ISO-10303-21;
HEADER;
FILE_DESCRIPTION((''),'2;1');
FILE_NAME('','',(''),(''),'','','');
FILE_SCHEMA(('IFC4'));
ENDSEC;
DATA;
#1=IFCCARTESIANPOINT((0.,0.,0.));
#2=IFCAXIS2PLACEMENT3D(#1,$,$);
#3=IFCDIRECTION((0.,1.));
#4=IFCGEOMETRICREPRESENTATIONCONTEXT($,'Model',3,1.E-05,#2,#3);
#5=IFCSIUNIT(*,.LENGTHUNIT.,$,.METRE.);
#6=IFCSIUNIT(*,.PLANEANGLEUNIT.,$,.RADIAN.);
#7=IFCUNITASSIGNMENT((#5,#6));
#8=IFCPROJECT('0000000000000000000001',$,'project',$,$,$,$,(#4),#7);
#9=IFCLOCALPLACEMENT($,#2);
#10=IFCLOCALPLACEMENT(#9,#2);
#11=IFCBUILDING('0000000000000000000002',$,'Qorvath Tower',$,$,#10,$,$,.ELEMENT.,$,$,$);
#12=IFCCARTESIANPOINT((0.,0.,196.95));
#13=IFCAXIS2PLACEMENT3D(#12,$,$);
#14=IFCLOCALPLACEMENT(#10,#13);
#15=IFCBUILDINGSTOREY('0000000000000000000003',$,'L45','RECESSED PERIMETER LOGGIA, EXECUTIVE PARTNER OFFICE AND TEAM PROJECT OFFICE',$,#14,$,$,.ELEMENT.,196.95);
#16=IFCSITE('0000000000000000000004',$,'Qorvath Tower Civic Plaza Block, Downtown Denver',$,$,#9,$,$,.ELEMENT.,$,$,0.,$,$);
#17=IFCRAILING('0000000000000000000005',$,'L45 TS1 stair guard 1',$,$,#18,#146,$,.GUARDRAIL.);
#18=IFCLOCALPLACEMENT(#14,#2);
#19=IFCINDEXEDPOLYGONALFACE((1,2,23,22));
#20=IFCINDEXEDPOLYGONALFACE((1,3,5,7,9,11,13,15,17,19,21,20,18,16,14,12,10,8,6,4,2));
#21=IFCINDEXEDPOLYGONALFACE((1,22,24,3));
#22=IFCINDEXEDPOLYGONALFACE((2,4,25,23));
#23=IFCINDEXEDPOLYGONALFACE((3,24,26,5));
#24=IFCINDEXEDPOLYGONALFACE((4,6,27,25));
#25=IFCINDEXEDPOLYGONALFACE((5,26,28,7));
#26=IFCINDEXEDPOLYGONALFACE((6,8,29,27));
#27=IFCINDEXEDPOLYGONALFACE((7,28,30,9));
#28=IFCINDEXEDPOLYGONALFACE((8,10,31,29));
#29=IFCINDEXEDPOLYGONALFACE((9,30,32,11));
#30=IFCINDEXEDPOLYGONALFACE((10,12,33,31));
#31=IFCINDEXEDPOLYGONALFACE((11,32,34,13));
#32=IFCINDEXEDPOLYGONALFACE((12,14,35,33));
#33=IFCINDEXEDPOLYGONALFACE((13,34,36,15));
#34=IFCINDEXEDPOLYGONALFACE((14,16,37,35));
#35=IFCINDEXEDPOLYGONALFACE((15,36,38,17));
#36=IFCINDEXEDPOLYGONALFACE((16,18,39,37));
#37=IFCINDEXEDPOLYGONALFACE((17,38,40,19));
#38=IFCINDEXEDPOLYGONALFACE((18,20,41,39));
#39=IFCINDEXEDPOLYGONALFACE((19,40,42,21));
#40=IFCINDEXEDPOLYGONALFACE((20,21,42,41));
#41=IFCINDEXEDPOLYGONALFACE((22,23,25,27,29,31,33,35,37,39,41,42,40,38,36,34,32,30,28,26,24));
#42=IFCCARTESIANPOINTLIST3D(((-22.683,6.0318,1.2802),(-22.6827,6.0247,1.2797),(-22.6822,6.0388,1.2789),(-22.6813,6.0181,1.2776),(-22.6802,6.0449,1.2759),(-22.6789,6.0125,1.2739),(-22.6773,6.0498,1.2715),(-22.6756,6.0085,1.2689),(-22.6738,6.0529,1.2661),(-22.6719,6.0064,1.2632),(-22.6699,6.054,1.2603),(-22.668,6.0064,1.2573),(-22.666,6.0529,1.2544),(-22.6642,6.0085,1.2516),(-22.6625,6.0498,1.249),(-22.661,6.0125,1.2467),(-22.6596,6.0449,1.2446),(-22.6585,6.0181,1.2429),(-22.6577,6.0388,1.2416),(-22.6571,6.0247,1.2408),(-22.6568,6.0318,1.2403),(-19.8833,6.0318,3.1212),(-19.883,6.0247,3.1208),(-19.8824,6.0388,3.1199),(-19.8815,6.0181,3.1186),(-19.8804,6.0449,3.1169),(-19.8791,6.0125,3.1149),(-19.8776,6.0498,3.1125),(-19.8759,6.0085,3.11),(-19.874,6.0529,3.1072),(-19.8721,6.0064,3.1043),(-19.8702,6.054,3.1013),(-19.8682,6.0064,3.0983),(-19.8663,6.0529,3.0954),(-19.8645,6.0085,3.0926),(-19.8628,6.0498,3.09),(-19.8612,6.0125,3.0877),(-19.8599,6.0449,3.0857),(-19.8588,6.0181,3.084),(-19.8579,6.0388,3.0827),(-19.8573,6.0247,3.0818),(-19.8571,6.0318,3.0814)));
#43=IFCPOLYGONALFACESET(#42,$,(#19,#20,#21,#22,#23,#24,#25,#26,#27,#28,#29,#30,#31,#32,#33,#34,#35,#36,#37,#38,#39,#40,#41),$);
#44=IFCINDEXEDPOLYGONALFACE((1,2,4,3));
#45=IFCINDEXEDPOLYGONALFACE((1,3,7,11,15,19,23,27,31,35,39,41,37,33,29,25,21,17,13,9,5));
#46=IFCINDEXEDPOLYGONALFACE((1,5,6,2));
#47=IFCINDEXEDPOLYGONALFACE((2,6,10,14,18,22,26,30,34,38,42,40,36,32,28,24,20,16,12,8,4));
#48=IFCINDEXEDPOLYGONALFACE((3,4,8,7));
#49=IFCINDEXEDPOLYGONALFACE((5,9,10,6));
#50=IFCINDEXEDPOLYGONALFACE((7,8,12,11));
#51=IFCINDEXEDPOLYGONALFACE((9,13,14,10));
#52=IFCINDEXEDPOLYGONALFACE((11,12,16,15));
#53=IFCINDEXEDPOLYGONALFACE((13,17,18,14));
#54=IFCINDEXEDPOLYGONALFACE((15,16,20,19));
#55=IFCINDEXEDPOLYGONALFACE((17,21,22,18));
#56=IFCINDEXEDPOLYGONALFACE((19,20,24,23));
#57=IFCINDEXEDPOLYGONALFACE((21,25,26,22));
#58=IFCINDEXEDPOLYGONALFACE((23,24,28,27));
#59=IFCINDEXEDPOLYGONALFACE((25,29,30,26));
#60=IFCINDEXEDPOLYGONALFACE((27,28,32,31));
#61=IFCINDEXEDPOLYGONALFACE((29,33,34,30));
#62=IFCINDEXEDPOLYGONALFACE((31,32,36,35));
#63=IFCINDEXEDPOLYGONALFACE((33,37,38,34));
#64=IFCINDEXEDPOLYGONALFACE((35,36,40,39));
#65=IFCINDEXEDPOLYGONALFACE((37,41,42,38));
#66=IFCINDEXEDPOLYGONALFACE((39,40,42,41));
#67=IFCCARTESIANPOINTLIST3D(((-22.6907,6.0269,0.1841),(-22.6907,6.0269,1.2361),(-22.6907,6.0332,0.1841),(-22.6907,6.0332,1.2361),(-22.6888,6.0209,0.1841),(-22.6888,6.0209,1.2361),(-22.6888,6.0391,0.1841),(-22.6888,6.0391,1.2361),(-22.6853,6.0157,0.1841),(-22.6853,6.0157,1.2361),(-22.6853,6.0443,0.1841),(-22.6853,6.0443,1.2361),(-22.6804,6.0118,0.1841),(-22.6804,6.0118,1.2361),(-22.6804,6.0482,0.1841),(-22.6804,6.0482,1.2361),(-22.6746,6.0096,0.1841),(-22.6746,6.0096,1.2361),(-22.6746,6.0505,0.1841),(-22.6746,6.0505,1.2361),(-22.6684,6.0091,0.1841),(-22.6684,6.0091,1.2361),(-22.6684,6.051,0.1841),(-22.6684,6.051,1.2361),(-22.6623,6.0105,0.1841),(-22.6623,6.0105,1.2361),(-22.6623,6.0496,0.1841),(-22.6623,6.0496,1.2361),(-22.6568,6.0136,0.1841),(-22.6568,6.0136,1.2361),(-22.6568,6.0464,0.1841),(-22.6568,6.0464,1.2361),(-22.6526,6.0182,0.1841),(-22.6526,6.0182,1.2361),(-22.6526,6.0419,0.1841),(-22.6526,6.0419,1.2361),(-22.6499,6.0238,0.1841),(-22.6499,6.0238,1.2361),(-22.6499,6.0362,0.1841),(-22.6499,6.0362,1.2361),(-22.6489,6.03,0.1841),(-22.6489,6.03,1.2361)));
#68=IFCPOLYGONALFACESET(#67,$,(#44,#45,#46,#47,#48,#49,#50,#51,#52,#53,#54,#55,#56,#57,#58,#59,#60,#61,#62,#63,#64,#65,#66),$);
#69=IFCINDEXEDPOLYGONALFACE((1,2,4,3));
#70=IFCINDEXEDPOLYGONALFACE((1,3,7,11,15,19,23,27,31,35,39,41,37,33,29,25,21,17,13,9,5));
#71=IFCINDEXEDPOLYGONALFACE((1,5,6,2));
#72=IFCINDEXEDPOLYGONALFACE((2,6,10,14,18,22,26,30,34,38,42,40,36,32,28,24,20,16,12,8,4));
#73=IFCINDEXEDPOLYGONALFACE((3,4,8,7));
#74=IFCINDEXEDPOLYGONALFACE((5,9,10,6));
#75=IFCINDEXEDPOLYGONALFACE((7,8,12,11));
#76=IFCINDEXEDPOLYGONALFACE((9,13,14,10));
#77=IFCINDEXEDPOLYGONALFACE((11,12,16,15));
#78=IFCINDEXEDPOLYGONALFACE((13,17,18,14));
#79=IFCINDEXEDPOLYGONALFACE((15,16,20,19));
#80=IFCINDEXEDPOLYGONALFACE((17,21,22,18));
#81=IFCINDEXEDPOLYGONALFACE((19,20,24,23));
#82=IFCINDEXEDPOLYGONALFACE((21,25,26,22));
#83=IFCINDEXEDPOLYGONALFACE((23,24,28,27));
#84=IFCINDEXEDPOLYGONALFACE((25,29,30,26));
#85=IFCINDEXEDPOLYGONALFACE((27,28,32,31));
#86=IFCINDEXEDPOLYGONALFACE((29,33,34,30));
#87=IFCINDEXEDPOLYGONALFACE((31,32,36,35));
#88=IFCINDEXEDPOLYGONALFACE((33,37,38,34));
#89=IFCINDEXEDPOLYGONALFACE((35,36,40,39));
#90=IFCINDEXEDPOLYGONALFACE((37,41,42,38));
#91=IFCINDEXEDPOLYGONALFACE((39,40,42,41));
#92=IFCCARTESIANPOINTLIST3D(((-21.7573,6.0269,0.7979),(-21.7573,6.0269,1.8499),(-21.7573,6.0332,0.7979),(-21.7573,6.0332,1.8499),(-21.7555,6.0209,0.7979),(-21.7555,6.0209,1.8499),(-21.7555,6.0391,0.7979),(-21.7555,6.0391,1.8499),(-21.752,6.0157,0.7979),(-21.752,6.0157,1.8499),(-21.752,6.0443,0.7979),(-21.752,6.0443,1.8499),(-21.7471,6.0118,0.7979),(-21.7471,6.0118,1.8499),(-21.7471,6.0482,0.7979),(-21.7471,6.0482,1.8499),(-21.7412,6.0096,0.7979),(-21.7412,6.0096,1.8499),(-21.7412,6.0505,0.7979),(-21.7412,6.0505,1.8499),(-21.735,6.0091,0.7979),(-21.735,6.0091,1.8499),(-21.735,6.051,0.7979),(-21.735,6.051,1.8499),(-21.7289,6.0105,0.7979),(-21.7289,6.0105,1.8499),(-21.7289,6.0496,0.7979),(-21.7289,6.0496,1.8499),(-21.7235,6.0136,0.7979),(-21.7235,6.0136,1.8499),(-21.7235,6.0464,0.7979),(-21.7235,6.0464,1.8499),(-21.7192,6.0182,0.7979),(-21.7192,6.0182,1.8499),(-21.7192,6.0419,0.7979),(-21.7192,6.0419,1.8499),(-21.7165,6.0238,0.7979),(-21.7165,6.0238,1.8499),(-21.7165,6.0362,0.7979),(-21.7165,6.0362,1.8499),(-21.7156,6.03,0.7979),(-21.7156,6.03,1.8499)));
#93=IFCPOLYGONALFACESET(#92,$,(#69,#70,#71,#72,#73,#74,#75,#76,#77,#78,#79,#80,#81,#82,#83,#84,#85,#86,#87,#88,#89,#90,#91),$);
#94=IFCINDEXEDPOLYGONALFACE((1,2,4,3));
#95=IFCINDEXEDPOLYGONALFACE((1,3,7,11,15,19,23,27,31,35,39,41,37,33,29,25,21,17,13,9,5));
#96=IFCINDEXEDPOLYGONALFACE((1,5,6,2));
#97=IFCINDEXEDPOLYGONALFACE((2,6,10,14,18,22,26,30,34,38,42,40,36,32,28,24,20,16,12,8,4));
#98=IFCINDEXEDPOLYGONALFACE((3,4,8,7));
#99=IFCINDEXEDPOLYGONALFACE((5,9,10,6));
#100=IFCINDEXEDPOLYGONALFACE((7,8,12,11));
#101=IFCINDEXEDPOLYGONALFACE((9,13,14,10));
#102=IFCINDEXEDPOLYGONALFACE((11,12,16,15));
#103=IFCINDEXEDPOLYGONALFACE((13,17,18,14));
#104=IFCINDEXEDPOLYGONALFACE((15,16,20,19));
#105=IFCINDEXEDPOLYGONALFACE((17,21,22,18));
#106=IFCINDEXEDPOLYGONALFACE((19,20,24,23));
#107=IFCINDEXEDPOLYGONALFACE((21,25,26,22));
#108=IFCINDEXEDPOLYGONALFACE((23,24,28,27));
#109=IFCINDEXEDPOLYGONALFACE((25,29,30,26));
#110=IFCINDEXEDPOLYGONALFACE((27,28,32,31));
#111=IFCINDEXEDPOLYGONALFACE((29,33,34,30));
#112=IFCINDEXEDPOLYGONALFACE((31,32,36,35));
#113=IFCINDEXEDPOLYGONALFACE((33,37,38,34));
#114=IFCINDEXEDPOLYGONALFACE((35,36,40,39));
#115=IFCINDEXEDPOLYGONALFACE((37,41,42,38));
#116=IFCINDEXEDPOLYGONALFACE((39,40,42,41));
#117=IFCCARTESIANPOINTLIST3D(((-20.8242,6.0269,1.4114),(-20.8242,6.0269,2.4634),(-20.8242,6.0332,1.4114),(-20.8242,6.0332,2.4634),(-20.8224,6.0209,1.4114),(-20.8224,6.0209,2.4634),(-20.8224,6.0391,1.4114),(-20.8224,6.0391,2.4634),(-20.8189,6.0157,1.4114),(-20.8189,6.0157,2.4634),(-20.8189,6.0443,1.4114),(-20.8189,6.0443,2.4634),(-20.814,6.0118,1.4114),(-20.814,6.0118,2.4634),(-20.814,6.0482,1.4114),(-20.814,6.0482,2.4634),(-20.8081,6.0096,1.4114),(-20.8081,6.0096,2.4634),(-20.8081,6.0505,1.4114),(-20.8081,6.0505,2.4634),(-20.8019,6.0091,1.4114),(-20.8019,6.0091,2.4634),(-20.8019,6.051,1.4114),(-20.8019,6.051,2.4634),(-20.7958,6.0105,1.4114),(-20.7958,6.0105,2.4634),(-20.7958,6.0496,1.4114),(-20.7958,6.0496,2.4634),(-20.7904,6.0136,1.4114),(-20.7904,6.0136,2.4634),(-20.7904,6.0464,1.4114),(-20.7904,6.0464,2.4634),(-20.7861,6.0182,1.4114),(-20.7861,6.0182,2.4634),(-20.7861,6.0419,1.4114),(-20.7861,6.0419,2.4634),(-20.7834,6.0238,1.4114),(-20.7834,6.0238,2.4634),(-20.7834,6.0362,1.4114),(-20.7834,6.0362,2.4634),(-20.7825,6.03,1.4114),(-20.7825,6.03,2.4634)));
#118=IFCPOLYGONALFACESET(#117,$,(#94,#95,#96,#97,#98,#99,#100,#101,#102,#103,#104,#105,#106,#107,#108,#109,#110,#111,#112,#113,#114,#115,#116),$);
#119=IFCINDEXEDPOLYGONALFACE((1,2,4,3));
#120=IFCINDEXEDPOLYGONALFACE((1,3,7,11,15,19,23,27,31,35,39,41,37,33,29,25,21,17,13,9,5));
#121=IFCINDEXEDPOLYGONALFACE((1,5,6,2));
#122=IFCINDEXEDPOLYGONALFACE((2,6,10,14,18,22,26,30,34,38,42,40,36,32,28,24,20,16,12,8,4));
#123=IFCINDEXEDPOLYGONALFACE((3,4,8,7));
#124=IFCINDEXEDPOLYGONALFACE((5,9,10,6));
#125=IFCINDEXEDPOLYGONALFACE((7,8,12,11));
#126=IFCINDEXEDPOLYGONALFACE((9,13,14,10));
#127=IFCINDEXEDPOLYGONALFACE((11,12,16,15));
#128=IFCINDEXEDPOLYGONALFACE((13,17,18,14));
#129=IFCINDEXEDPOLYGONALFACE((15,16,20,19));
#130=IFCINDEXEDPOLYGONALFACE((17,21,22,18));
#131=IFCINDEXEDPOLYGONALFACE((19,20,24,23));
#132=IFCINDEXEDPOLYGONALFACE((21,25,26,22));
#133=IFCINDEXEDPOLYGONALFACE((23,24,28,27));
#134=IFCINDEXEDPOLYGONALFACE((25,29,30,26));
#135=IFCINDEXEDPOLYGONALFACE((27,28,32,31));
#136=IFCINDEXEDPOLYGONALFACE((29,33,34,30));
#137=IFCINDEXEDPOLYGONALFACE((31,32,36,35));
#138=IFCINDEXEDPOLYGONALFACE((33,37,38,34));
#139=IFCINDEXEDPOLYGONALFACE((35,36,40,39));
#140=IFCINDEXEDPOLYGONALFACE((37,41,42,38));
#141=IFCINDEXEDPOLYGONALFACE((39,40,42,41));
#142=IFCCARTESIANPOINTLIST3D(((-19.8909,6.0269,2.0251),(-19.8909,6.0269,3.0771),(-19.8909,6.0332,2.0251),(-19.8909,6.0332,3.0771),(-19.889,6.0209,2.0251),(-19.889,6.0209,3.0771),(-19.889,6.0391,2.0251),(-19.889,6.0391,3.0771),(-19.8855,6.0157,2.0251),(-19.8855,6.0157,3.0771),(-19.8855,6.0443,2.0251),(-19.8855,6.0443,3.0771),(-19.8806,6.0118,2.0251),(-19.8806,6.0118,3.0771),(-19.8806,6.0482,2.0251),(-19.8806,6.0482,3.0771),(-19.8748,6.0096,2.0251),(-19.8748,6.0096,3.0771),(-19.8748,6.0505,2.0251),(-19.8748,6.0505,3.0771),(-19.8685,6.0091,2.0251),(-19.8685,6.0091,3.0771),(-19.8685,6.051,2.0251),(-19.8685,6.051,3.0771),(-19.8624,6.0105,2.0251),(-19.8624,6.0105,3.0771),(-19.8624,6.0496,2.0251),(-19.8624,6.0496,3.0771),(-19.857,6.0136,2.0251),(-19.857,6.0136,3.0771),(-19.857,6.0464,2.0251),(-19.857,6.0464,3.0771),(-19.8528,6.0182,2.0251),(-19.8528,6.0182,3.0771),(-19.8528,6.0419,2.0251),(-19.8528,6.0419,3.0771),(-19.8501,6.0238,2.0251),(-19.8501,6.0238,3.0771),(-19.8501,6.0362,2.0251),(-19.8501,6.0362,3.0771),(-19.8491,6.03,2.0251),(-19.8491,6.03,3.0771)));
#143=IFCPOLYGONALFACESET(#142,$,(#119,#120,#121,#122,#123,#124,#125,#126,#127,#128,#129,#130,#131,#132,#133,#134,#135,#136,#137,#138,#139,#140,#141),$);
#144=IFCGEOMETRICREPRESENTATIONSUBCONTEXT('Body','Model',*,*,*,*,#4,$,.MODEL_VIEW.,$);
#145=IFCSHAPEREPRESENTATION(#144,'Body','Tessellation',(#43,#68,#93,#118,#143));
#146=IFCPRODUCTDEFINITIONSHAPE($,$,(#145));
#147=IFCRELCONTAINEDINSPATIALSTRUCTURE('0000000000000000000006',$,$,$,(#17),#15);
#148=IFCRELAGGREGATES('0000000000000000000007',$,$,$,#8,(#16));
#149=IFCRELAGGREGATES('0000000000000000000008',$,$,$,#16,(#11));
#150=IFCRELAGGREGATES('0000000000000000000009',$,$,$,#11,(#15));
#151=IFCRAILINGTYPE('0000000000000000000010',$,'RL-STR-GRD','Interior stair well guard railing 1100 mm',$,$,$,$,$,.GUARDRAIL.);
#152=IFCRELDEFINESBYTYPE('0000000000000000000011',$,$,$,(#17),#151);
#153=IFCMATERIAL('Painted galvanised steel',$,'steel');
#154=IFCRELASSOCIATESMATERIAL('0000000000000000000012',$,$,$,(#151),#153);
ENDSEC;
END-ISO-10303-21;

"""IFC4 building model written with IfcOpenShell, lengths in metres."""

from ifc_helpers import new_model, si_unit, direction, frame, origin, origin_2d, place, context, subcontext, project, spatial, circle, extrude, material, type_object, element, save


model = new_model("IFC4")

# Units and contexts
model_context = context("Model", 3, precision=1e-05, world=origin(), true_north=direction((0.0, 1.0)))
body_context = subcontext(model_context, "Body", "Model", "MODEL_VIEW")
ifc_project = project(units=[si_unit("LENGTHUNIT", "METRE"), si_unit("PLANEANGLEUNIT", "RADIAN")], contexts=[model_context])

# Site, building, storey
site_placement = place(None, origin())
site = spatial("IfcSite", under=ifc_project, at=site_placement, Name="Qorvath Tower Civic Plaza Block, Downtown Denver", CompositionType="ELEMENT", RefElevation=0.0)
building_placement = place(site_placement, origin())
building = spatial("IfcBuilding", under=site, at=building_placement, Name="Qorvath Tower", CompositionType="ELEMENT")
storey_placement = place(building_placement, frame((0.0, 0.0, 196.95)))
storey = spatial("IfcBuildingStorey", under=building, at=storey_placement, Name="L45", Description="RECESSED PERIMETER LOGGIA, EXECUTIVE PARTNER OFFICE AND TEAM PROJECT OFFICE", CompositionType="ELEMENT", Elevation=196.95)

# Railing
ifc_material_1 = material(Name="Painted galvanised steel", Category="steel")
railing_type_1 = type_object("IfcRailingType", Name="RL-STR-GRD", Description="Interior stair well guard railing 1100 mm", PredefinedType="GUARDRAIL", material=ifc_material_1)
railing_1_placement = place(storey_placement, frame((-22.6699, 6.03, 0.1841)))
element("IfcRailing", 1, at=railing_1_placement, inside=storey, type_object=railing_type_1, Name="L45 TS1 stair guard 1", PredefinedType="GUARDRAIL", context=body_context, shape_type="SweptSolid", body=[
    extrude(circle(Radius=0.0239, at=origin_2d()), frame((0.0, 0.0, 1.0762), z_axis=(0.835542, 0.0, 0.549426), x_axis=(0.0, 1.0, 0.0)), (0.0, 0.0, 1.0), 3.3508),
    extrude(circle(Radius=0.021, at=origin_2d()), origin(), (0.0, 0.0, 1.0), 1.052),
    extrude(circle(Radius=0.021, at=origin_2d()), frame((0.9333, 0.0, 0.6138)), (0.0, 0.0, 1.0), 1.052),
    extrude(circle(Radius=0.021, at=origin_2d()), frame((1.8665, 0.0, 1.2273)), (0.0, 0.0, 1.0), 1.052),
    extrude(circle(Radius=0.021, at=origin_2d()), frame((2.7998, 0.0, 1.8411)), (0.0, 0.0, 1.0), 1.052),
])

save(model, "model.ifc")
